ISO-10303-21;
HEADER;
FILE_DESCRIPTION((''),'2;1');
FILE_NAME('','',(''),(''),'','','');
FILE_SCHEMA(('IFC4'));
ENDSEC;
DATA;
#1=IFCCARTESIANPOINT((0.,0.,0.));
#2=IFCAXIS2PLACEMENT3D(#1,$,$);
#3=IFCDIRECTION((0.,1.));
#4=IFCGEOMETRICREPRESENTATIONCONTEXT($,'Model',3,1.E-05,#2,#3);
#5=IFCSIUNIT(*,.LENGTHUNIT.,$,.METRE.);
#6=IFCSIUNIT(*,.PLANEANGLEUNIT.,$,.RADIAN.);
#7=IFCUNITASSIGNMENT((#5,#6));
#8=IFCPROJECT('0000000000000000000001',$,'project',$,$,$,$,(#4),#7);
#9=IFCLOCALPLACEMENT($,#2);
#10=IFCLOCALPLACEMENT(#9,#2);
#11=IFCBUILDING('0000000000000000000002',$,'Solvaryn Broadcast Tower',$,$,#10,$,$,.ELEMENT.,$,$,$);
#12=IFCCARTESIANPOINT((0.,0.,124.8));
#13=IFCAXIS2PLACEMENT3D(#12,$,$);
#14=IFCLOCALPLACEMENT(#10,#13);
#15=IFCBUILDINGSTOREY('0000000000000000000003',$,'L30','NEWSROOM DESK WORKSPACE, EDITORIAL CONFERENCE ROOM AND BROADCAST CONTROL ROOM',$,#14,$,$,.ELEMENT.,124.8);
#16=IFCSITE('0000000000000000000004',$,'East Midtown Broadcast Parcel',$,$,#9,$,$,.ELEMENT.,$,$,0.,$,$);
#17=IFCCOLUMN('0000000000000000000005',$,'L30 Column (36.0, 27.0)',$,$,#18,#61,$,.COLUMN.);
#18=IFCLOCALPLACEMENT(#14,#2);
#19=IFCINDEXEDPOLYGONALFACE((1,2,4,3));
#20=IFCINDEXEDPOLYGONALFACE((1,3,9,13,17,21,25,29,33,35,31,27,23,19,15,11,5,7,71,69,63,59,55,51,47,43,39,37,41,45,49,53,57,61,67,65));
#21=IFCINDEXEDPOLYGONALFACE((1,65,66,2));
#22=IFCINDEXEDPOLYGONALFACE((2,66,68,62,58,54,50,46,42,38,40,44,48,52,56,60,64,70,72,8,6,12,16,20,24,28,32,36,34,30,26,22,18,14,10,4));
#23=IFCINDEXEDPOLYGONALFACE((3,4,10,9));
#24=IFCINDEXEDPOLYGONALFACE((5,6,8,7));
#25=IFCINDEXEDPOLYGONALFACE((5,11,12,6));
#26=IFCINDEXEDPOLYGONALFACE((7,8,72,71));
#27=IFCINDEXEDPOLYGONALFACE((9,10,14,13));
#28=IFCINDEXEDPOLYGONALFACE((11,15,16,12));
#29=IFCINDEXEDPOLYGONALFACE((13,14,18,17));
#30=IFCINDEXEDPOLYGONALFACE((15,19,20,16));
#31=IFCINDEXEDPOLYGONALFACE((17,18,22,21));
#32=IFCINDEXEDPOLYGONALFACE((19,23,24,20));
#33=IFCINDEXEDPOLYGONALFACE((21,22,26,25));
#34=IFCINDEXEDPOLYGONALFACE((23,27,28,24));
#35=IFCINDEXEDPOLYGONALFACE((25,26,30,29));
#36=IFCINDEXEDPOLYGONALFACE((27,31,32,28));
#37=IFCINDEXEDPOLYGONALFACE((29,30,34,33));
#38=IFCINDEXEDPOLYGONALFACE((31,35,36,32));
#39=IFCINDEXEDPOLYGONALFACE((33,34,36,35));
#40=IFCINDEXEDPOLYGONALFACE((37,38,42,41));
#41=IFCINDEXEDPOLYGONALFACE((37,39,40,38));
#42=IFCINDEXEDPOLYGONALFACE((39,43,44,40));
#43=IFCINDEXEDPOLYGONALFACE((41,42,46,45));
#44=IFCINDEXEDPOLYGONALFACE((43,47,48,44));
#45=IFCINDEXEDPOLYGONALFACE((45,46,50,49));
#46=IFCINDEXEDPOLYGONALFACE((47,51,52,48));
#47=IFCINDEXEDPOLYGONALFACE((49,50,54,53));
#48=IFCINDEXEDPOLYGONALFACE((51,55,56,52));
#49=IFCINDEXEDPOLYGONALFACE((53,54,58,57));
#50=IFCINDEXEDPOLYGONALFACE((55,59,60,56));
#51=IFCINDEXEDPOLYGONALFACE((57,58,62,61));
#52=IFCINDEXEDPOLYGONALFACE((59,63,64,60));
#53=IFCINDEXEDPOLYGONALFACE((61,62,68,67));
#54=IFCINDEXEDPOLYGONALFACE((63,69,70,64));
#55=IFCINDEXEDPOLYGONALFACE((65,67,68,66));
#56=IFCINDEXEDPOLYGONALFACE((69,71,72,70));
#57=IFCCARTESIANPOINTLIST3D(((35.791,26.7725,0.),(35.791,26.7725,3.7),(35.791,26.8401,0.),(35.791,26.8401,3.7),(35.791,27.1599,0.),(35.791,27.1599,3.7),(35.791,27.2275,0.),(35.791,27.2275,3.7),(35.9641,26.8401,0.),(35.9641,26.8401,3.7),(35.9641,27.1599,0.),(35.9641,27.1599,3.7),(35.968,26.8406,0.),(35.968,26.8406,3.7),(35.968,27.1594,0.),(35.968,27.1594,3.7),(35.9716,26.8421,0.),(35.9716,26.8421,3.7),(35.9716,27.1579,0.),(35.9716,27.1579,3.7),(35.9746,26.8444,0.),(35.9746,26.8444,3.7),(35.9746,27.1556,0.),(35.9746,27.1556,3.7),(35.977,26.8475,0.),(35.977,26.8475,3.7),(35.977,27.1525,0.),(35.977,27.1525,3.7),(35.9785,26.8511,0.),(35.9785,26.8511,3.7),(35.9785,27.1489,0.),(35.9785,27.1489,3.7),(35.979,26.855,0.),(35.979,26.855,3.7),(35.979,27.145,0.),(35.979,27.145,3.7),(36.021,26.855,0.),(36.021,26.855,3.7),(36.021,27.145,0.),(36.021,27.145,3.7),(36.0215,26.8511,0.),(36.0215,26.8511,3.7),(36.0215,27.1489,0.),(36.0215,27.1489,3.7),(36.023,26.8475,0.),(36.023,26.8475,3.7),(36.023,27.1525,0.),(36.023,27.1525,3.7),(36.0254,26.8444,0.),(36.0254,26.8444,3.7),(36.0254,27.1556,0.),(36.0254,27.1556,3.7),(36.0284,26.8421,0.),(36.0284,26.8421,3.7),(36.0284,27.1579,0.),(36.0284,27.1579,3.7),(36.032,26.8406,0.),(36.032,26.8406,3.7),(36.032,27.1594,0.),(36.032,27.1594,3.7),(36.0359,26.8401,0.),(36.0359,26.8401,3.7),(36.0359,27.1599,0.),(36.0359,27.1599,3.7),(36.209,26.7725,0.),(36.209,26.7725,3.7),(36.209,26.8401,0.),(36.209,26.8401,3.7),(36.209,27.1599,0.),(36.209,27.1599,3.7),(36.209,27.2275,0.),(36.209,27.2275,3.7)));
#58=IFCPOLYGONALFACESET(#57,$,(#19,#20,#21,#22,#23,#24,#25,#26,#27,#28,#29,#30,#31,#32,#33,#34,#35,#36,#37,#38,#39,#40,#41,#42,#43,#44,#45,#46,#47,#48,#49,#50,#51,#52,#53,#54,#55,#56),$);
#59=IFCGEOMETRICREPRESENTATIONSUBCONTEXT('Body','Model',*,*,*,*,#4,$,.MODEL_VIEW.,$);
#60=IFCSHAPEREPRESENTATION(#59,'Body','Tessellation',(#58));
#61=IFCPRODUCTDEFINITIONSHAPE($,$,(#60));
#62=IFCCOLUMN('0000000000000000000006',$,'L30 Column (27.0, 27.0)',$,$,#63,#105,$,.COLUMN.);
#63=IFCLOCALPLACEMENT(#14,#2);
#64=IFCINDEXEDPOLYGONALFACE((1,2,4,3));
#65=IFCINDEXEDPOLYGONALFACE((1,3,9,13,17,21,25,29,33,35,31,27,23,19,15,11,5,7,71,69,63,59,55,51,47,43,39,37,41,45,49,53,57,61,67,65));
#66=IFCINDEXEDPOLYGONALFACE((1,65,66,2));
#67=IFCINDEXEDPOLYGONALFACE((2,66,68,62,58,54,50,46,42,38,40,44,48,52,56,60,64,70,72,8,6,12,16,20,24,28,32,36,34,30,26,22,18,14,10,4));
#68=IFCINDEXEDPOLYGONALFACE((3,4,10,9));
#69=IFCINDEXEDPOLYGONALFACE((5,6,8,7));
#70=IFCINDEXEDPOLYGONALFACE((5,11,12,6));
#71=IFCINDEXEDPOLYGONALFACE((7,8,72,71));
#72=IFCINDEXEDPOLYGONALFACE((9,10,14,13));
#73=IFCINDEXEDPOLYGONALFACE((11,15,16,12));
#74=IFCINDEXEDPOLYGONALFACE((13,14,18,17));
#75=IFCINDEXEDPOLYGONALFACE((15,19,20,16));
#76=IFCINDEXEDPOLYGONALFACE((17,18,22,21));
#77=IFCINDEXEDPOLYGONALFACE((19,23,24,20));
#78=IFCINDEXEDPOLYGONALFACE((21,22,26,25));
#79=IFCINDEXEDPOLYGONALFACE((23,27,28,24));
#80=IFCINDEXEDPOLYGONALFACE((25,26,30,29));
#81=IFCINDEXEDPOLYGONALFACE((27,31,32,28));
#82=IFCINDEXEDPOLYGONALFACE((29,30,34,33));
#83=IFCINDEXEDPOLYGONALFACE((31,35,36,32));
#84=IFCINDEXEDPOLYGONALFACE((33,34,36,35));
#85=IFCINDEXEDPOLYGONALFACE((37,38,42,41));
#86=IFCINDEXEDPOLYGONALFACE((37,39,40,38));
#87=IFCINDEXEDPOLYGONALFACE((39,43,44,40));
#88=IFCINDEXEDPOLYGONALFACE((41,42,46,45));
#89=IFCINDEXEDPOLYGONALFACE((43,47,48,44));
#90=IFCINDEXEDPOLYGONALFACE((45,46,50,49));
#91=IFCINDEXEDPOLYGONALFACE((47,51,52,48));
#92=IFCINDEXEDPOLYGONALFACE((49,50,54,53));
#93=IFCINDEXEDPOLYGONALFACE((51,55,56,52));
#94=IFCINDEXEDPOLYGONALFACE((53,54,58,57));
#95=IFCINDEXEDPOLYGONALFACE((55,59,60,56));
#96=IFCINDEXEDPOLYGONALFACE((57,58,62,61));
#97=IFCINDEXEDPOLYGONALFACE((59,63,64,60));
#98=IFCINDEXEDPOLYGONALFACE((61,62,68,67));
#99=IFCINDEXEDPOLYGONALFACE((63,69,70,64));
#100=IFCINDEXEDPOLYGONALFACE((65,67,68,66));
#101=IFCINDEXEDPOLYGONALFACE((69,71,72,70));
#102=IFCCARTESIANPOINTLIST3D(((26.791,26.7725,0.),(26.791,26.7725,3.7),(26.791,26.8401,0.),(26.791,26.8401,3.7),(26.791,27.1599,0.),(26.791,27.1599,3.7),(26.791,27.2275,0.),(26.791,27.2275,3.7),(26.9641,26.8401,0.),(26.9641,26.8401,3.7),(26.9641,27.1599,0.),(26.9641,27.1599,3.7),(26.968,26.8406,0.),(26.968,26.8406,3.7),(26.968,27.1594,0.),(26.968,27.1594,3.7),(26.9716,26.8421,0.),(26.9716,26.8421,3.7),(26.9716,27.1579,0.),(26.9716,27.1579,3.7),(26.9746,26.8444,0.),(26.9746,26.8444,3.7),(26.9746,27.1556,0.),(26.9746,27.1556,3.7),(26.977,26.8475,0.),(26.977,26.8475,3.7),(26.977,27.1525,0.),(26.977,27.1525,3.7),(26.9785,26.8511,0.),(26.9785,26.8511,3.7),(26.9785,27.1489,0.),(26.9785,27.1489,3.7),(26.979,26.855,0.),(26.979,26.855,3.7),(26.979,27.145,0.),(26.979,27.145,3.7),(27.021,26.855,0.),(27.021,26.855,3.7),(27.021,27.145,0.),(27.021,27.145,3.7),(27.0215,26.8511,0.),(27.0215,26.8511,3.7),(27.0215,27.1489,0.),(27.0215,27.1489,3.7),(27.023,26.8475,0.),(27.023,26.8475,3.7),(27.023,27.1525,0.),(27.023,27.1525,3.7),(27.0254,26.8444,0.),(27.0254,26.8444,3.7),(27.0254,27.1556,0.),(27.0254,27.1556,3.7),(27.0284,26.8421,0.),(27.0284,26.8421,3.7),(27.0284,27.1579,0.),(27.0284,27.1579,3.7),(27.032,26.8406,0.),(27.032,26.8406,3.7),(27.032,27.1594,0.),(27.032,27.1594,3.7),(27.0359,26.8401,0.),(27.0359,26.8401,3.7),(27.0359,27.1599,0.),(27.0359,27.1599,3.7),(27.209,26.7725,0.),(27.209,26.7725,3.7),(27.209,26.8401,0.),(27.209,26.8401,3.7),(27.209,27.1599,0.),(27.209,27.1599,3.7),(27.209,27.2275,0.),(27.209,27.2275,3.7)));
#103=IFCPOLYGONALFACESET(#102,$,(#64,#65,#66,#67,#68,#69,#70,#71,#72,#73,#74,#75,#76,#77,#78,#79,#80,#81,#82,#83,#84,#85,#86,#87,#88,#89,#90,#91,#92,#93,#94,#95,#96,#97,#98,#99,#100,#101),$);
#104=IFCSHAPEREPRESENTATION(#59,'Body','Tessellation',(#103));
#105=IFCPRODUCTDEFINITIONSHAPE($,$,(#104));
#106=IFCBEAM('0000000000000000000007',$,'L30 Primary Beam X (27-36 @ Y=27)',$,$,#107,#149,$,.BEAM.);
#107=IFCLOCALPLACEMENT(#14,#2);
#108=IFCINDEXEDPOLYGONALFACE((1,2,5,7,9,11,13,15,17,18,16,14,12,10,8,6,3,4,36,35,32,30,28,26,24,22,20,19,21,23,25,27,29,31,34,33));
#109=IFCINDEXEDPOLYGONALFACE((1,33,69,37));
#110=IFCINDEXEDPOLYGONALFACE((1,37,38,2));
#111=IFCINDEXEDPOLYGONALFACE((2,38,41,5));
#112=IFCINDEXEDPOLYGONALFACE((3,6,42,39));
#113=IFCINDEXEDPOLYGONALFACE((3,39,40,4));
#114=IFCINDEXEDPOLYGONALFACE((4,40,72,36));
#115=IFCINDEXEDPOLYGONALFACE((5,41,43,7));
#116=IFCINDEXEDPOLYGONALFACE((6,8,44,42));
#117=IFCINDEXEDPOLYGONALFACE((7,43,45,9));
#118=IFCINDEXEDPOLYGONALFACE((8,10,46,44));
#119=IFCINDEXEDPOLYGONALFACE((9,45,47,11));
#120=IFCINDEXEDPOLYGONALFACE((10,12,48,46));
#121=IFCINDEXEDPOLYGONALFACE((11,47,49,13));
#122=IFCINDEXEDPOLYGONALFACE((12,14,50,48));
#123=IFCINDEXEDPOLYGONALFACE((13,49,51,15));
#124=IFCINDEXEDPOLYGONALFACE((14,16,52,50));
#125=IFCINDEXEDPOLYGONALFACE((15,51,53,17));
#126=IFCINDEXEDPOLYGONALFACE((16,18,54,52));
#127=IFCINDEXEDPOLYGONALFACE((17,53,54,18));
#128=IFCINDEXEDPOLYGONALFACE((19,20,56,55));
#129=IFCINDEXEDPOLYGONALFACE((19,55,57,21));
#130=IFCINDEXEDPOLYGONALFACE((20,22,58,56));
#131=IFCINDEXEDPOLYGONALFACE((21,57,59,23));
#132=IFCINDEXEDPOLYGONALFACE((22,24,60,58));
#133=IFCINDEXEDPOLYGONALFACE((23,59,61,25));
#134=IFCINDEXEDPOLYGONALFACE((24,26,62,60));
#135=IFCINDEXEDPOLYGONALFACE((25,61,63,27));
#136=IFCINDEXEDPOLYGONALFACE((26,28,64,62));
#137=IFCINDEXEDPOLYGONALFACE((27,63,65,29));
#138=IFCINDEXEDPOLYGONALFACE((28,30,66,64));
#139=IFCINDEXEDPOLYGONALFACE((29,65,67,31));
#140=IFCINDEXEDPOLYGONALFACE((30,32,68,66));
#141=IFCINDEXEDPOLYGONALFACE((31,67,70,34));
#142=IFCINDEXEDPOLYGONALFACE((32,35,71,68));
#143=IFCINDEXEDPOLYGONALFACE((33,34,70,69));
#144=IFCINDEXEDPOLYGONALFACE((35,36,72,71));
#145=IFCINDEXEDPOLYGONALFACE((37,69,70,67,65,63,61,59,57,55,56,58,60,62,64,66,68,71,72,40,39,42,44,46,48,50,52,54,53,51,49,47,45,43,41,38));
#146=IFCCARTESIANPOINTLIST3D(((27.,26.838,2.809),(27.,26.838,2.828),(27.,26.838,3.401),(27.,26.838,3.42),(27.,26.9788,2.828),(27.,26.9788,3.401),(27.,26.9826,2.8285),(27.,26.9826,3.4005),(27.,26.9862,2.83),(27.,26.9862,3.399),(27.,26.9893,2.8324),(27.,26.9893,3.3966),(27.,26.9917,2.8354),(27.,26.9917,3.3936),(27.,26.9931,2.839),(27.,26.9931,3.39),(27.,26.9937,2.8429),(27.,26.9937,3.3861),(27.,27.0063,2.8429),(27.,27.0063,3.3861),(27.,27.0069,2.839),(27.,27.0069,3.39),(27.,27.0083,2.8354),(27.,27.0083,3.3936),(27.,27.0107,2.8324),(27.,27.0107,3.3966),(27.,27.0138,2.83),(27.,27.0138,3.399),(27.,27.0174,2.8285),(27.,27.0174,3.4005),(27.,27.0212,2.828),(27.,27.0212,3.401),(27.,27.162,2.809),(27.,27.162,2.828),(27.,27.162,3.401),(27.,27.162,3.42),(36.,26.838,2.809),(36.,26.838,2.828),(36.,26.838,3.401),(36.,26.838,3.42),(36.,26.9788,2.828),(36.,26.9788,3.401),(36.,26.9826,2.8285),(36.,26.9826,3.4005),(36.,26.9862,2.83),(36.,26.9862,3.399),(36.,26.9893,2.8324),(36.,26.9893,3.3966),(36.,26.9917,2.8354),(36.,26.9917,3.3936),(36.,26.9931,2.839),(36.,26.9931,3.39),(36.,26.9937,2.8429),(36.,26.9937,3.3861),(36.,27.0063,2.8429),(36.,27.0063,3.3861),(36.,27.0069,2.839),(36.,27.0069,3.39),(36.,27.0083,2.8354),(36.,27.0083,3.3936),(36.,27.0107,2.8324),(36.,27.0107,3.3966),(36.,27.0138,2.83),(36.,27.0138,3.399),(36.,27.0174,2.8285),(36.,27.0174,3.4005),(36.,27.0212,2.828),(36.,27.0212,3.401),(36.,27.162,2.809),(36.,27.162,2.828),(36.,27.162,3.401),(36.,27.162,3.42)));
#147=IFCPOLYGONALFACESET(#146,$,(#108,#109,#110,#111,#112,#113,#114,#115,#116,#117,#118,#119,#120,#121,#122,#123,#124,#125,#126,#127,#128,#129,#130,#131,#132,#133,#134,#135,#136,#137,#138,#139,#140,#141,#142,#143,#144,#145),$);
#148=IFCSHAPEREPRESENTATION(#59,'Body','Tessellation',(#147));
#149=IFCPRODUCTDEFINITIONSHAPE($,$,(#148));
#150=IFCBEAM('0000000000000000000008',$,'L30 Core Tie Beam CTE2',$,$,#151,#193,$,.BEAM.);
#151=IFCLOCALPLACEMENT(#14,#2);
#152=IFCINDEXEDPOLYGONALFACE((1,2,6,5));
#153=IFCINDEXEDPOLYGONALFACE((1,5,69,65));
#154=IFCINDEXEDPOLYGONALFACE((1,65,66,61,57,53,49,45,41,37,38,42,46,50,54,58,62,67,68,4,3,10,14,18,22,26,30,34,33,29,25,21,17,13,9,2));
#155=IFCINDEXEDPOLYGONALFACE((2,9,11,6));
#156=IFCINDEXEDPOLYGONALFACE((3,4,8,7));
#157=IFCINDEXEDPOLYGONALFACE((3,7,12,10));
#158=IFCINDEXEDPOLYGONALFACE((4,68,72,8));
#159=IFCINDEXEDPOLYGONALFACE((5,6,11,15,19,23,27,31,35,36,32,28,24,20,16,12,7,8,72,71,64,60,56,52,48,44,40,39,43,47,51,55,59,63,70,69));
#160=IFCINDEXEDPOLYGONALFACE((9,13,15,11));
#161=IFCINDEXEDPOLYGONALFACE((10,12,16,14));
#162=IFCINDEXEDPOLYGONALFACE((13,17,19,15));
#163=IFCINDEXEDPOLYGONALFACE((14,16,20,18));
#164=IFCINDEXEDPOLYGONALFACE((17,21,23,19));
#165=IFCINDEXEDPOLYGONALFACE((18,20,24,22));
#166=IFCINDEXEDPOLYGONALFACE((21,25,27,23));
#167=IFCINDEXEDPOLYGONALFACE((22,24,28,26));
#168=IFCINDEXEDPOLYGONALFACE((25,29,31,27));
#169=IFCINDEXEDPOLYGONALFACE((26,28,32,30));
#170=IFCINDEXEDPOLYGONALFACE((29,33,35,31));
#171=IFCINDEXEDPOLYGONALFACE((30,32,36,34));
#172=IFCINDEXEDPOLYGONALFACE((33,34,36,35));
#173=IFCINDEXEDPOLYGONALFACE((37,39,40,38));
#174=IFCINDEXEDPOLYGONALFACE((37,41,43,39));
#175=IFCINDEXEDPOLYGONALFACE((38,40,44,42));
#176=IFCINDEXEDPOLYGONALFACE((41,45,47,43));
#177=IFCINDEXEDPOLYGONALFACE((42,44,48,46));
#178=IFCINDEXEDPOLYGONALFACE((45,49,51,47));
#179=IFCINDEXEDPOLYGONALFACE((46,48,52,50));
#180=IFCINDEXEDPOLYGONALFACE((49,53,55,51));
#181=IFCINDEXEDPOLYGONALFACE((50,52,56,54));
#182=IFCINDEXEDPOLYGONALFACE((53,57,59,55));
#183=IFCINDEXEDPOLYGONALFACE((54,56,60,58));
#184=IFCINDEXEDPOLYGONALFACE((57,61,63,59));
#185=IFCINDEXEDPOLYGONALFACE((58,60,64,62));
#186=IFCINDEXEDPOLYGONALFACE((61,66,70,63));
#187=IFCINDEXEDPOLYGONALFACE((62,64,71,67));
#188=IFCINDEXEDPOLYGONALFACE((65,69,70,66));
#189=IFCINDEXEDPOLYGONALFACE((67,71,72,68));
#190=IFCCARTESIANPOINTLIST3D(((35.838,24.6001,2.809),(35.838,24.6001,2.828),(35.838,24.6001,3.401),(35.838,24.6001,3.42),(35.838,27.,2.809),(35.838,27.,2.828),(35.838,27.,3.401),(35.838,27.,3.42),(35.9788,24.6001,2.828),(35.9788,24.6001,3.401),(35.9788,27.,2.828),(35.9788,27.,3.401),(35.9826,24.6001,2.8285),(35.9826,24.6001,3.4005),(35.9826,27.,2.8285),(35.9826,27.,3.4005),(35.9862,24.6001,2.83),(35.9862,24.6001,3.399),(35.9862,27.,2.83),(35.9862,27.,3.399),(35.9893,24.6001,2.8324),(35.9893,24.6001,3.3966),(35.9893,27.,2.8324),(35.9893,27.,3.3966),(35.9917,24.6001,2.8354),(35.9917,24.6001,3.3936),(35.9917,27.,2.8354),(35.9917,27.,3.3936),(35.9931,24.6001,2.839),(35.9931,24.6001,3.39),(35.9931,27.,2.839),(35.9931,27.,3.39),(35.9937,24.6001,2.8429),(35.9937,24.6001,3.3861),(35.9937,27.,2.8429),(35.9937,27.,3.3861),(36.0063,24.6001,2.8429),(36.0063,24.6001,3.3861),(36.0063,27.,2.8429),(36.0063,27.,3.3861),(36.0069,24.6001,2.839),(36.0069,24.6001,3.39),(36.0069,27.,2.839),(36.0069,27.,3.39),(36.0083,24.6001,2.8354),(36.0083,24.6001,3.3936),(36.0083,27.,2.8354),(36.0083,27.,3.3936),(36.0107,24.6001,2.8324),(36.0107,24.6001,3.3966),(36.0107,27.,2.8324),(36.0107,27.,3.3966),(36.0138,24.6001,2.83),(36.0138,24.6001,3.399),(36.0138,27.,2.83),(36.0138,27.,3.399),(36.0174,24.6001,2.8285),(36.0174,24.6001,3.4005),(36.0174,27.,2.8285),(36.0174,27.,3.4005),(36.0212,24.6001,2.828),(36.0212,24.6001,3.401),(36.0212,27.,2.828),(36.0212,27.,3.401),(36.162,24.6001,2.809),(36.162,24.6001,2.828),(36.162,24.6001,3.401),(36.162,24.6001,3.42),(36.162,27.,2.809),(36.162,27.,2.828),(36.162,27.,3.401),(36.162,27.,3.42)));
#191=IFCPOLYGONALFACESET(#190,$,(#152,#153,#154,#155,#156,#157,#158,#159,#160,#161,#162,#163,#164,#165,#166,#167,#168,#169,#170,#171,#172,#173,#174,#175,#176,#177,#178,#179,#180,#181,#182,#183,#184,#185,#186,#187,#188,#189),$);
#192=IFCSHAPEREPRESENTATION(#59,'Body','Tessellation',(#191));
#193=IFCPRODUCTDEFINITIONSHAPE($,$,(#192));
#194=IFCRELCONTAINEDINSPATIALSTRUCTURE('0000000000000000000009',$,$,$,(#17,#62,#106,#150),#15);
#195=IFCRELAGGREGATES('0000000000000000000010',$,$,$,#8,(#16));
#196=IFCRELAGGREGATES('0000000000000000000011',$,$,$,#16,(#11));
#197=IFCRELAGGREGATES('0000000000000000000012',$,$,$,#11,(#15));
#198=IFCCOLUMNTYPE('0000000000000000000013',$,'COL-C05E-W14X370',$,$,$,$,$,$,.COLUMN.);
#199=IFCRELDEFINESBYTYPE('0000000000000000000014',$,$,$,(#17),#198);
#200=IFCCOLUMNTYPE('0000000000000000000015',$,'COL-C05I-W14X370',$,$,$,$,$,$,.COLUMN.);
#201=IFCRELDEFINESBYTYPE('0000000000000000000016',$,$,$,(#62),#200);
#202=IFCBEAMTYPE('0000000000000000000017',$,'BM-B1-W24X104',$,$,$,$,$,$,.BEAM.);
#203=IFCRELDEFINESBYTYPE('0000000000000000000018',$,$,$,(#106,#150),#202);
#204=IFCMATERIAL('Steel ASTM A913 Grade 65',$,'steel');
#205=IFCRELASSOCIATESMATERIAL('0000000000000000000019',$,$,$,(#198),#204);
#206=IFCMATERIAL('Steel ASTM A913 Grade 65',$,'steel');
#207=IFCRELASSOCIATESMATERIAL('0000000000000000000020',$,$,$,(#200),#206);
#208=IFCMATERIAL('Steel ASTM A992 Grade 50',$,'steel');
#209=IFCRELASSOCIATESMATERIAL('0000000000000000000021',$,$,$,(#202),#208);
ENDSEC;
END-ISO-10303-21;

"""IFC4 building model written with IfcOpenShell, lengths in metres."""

from ifc_helpers import new_model, si_unit, direction, frame, origin, origin_2d, place, context, subcontext, project, spatial, i_section, extrude, material, material_profile, profile_set, type_object, element, save


model = new_model("IFC4")

# Units and contexts
model_context = context("Model", 3, precision=1e-05, world=origin(), true_north=direction((0.0, 1.0)))
body_context = subcontext(model_context, "Body", "Model", "MODEL_VIEW")
ifc_project = project(units=[si_unit("LENGTHUNIT", "METRE"), si_unit("PLANEANGLEUNIT", "RADIAN")], contexts=[model_context])

# Site, building, storey
site_placement = place(None, origin())
site = spatial("IfcSite", under=ifc_project, at=site_placement, Name="East Midtown Broadcast Parcel", CompositionType="ELEMENT", RefElevation=0.0)
building_placement = place(site_placement, origin())
building = spatial("IfcBuilding", under=site, at=building_placement, Name="Solvaryn Broadcast Tower", CompositionType="ELEMENT")
storey_placement = place(building_placement, frame((0.0, 0.0, 124.8)))
storey = spatial("IfcBuildingStorey", under=building, at=storey_placement, Name="L30", Description="NEWSROOM DESK WORKSPACE, EDITORIAL CONFERENCE ROOM AND BROADCAST CONTROL ROOM", CompositionType="ELEMENT", Elevation=124.8)

# Columns
ifc_material_1 = material(Name="Steel ASTM A913 Grade 65", Category="steel")
ifc_material_profile_1 = material_profile(ifc_material_1, i_section(OverallWidth=0.418, OverallDepth=0.4551, WebThickness=0.042, FlangeThickness=0.0676, FilletRadius=0.0149, at=origin_2d()))
ifc_profile_set_1 = profile_set([ifc_material_profile_1], Name="Steel ASTM A913 Grade 65")
column_type_1 = type_object("IfcColumnType", Name="COL-C05E-W14X370", PredefinedType="COLUMN", material=ifc_profile_set_1)
column_1_placement = place(storey_placement, frame((36.0, 27.0, 0.0), z_axis=(0.0, 0.0, 1.0), x_axis=(1.0, 0.0, 0.0)))
element("IfcColumn", 1, at=column_1_placement, inside=storey, type_object=column_type_1, Name="L30 Column (36.0, 27.0)", PredefinedType="COLUMN", context=body_context, shape_type="SweptSolid", body=[
    extrude(i_section(OverallWidth=0.418, OverallDepth=0.4551, WebThickness=0.042, FlangeThickness=0.0676, FilletRadius=0.0149, at=origin_2d()), origin(), (0.0, 0.0, 1.0), 3.7),
])
ifc_material_2 = material(Name="Steel ASTM A913 Grade 65", Category="steel")
ifc_material_profile_2 = material_profile(ifc_material_2, i_section(OverallWidth=0.418, OverallDepth=0.4551, WebThickness=0.042, FlangeThickness=0.0676, FilletRadius=0.0149, at=origin_2d()))
ifc_profile_set_2 = profile_set([ifc_material_profile_2], Name="Steel ASTM A913 Grade 65")
column_type_2 = type_object("IfcColumnType", Name="COL-C05I-W14X370", PredefinedType="COLUMN", material=ifc_profile_set_2)
column_2_placement = place(storey_placement, frame((27.0, 27.0, 0.0), z_axis=(0.0, 0.0, 1.0), x_axis=(1.0, 0.0, 0.0)))
element("IfcColumn", 2, at=column_2_placement, inside=storey, type_object=column_type_2, Name="L30 Column (27.0, 27.0)", PredefinedType="COLUMN", context=body_context, shape_type="SweptSolid", body=[
    extrude(i_section(OverallWidth=0.418, OverallDepth=0.4551, WebThickness=0.042, FlangeThickness=0.0676, FilletRadius=0.0149, at=origin_2d()), origin(), (0.0, 0.0, 1.0), 3.7),
])

# Beams
ifc_material_3 = material(Name="Steel ASTM A992 Grade 50", Category="steel")
ifc_material_profile_3 = material_profile(ifc_material_3, i_section(OverallWidth=0.324, OverallDepth=0.6111, WebThickness=0.0127, FlangeThickness=0.019, FilletRadius=0.0149, at=origin_2d()))
ifc_profile_set_3 = profile_set([ifc_material_profile_3], Name="Steel ASTM A992 Grade 50")
beam_type_1 = type_object("IfcBeamType", Name="BM-B1-W24X104", PredefinedType="BEAM", material=ifc_profile_set_3)
beam_1_placement = place(storey_placement, frame((27.0, 27.0, 3.1145), z_axis=(1.0, 0.0, 0.0), x_axis=(0.0, 1.0, 0.0)))
element("IfcBeam", 3, at=beam_1_placement, inside=storey, type_object=beam_type_1, Name="L30 Primary Beam X (27-36 @ Y=27)", PredefinedType="BEAM", context=body_context, shape_type="SweptSolid", body=[
    extrude(i_section(OverallWidth=0.324, OverallDepth=0.6111, WebThickness=0.0127, FlangeThickness=0.019, FilletRadius=0.0149, at=origin_2d()), origin(), (0.0, 0.0, 1.0), 9.0),
])
beam_2_placement = place(storey_placement, frame((36.0, 24.6001, 3.1145), z_axis=(0.0, 1.0, 0.0), x_axis=(-1.0, 0.0, 0.0)))
element("IfcBeam", 4, at=beam_2_placement, inside=storey, type_object=beam_type_1, Name="L30 Core Tie Beam CTE2", PredefinedType="BEAM", context=body_context, shape_type="SweptSolid", body=[
    extrude(i_section(OverallWidth=0.324, OverallDepth=0.6111, WebThickness=0.0127, FlangeThickness=0.019, FilletRadius=0.0149, at=origin_2d()), origin(), (0.0, 0.0, 1.0), 2.3999),
])

save(model, "model.ifc")
